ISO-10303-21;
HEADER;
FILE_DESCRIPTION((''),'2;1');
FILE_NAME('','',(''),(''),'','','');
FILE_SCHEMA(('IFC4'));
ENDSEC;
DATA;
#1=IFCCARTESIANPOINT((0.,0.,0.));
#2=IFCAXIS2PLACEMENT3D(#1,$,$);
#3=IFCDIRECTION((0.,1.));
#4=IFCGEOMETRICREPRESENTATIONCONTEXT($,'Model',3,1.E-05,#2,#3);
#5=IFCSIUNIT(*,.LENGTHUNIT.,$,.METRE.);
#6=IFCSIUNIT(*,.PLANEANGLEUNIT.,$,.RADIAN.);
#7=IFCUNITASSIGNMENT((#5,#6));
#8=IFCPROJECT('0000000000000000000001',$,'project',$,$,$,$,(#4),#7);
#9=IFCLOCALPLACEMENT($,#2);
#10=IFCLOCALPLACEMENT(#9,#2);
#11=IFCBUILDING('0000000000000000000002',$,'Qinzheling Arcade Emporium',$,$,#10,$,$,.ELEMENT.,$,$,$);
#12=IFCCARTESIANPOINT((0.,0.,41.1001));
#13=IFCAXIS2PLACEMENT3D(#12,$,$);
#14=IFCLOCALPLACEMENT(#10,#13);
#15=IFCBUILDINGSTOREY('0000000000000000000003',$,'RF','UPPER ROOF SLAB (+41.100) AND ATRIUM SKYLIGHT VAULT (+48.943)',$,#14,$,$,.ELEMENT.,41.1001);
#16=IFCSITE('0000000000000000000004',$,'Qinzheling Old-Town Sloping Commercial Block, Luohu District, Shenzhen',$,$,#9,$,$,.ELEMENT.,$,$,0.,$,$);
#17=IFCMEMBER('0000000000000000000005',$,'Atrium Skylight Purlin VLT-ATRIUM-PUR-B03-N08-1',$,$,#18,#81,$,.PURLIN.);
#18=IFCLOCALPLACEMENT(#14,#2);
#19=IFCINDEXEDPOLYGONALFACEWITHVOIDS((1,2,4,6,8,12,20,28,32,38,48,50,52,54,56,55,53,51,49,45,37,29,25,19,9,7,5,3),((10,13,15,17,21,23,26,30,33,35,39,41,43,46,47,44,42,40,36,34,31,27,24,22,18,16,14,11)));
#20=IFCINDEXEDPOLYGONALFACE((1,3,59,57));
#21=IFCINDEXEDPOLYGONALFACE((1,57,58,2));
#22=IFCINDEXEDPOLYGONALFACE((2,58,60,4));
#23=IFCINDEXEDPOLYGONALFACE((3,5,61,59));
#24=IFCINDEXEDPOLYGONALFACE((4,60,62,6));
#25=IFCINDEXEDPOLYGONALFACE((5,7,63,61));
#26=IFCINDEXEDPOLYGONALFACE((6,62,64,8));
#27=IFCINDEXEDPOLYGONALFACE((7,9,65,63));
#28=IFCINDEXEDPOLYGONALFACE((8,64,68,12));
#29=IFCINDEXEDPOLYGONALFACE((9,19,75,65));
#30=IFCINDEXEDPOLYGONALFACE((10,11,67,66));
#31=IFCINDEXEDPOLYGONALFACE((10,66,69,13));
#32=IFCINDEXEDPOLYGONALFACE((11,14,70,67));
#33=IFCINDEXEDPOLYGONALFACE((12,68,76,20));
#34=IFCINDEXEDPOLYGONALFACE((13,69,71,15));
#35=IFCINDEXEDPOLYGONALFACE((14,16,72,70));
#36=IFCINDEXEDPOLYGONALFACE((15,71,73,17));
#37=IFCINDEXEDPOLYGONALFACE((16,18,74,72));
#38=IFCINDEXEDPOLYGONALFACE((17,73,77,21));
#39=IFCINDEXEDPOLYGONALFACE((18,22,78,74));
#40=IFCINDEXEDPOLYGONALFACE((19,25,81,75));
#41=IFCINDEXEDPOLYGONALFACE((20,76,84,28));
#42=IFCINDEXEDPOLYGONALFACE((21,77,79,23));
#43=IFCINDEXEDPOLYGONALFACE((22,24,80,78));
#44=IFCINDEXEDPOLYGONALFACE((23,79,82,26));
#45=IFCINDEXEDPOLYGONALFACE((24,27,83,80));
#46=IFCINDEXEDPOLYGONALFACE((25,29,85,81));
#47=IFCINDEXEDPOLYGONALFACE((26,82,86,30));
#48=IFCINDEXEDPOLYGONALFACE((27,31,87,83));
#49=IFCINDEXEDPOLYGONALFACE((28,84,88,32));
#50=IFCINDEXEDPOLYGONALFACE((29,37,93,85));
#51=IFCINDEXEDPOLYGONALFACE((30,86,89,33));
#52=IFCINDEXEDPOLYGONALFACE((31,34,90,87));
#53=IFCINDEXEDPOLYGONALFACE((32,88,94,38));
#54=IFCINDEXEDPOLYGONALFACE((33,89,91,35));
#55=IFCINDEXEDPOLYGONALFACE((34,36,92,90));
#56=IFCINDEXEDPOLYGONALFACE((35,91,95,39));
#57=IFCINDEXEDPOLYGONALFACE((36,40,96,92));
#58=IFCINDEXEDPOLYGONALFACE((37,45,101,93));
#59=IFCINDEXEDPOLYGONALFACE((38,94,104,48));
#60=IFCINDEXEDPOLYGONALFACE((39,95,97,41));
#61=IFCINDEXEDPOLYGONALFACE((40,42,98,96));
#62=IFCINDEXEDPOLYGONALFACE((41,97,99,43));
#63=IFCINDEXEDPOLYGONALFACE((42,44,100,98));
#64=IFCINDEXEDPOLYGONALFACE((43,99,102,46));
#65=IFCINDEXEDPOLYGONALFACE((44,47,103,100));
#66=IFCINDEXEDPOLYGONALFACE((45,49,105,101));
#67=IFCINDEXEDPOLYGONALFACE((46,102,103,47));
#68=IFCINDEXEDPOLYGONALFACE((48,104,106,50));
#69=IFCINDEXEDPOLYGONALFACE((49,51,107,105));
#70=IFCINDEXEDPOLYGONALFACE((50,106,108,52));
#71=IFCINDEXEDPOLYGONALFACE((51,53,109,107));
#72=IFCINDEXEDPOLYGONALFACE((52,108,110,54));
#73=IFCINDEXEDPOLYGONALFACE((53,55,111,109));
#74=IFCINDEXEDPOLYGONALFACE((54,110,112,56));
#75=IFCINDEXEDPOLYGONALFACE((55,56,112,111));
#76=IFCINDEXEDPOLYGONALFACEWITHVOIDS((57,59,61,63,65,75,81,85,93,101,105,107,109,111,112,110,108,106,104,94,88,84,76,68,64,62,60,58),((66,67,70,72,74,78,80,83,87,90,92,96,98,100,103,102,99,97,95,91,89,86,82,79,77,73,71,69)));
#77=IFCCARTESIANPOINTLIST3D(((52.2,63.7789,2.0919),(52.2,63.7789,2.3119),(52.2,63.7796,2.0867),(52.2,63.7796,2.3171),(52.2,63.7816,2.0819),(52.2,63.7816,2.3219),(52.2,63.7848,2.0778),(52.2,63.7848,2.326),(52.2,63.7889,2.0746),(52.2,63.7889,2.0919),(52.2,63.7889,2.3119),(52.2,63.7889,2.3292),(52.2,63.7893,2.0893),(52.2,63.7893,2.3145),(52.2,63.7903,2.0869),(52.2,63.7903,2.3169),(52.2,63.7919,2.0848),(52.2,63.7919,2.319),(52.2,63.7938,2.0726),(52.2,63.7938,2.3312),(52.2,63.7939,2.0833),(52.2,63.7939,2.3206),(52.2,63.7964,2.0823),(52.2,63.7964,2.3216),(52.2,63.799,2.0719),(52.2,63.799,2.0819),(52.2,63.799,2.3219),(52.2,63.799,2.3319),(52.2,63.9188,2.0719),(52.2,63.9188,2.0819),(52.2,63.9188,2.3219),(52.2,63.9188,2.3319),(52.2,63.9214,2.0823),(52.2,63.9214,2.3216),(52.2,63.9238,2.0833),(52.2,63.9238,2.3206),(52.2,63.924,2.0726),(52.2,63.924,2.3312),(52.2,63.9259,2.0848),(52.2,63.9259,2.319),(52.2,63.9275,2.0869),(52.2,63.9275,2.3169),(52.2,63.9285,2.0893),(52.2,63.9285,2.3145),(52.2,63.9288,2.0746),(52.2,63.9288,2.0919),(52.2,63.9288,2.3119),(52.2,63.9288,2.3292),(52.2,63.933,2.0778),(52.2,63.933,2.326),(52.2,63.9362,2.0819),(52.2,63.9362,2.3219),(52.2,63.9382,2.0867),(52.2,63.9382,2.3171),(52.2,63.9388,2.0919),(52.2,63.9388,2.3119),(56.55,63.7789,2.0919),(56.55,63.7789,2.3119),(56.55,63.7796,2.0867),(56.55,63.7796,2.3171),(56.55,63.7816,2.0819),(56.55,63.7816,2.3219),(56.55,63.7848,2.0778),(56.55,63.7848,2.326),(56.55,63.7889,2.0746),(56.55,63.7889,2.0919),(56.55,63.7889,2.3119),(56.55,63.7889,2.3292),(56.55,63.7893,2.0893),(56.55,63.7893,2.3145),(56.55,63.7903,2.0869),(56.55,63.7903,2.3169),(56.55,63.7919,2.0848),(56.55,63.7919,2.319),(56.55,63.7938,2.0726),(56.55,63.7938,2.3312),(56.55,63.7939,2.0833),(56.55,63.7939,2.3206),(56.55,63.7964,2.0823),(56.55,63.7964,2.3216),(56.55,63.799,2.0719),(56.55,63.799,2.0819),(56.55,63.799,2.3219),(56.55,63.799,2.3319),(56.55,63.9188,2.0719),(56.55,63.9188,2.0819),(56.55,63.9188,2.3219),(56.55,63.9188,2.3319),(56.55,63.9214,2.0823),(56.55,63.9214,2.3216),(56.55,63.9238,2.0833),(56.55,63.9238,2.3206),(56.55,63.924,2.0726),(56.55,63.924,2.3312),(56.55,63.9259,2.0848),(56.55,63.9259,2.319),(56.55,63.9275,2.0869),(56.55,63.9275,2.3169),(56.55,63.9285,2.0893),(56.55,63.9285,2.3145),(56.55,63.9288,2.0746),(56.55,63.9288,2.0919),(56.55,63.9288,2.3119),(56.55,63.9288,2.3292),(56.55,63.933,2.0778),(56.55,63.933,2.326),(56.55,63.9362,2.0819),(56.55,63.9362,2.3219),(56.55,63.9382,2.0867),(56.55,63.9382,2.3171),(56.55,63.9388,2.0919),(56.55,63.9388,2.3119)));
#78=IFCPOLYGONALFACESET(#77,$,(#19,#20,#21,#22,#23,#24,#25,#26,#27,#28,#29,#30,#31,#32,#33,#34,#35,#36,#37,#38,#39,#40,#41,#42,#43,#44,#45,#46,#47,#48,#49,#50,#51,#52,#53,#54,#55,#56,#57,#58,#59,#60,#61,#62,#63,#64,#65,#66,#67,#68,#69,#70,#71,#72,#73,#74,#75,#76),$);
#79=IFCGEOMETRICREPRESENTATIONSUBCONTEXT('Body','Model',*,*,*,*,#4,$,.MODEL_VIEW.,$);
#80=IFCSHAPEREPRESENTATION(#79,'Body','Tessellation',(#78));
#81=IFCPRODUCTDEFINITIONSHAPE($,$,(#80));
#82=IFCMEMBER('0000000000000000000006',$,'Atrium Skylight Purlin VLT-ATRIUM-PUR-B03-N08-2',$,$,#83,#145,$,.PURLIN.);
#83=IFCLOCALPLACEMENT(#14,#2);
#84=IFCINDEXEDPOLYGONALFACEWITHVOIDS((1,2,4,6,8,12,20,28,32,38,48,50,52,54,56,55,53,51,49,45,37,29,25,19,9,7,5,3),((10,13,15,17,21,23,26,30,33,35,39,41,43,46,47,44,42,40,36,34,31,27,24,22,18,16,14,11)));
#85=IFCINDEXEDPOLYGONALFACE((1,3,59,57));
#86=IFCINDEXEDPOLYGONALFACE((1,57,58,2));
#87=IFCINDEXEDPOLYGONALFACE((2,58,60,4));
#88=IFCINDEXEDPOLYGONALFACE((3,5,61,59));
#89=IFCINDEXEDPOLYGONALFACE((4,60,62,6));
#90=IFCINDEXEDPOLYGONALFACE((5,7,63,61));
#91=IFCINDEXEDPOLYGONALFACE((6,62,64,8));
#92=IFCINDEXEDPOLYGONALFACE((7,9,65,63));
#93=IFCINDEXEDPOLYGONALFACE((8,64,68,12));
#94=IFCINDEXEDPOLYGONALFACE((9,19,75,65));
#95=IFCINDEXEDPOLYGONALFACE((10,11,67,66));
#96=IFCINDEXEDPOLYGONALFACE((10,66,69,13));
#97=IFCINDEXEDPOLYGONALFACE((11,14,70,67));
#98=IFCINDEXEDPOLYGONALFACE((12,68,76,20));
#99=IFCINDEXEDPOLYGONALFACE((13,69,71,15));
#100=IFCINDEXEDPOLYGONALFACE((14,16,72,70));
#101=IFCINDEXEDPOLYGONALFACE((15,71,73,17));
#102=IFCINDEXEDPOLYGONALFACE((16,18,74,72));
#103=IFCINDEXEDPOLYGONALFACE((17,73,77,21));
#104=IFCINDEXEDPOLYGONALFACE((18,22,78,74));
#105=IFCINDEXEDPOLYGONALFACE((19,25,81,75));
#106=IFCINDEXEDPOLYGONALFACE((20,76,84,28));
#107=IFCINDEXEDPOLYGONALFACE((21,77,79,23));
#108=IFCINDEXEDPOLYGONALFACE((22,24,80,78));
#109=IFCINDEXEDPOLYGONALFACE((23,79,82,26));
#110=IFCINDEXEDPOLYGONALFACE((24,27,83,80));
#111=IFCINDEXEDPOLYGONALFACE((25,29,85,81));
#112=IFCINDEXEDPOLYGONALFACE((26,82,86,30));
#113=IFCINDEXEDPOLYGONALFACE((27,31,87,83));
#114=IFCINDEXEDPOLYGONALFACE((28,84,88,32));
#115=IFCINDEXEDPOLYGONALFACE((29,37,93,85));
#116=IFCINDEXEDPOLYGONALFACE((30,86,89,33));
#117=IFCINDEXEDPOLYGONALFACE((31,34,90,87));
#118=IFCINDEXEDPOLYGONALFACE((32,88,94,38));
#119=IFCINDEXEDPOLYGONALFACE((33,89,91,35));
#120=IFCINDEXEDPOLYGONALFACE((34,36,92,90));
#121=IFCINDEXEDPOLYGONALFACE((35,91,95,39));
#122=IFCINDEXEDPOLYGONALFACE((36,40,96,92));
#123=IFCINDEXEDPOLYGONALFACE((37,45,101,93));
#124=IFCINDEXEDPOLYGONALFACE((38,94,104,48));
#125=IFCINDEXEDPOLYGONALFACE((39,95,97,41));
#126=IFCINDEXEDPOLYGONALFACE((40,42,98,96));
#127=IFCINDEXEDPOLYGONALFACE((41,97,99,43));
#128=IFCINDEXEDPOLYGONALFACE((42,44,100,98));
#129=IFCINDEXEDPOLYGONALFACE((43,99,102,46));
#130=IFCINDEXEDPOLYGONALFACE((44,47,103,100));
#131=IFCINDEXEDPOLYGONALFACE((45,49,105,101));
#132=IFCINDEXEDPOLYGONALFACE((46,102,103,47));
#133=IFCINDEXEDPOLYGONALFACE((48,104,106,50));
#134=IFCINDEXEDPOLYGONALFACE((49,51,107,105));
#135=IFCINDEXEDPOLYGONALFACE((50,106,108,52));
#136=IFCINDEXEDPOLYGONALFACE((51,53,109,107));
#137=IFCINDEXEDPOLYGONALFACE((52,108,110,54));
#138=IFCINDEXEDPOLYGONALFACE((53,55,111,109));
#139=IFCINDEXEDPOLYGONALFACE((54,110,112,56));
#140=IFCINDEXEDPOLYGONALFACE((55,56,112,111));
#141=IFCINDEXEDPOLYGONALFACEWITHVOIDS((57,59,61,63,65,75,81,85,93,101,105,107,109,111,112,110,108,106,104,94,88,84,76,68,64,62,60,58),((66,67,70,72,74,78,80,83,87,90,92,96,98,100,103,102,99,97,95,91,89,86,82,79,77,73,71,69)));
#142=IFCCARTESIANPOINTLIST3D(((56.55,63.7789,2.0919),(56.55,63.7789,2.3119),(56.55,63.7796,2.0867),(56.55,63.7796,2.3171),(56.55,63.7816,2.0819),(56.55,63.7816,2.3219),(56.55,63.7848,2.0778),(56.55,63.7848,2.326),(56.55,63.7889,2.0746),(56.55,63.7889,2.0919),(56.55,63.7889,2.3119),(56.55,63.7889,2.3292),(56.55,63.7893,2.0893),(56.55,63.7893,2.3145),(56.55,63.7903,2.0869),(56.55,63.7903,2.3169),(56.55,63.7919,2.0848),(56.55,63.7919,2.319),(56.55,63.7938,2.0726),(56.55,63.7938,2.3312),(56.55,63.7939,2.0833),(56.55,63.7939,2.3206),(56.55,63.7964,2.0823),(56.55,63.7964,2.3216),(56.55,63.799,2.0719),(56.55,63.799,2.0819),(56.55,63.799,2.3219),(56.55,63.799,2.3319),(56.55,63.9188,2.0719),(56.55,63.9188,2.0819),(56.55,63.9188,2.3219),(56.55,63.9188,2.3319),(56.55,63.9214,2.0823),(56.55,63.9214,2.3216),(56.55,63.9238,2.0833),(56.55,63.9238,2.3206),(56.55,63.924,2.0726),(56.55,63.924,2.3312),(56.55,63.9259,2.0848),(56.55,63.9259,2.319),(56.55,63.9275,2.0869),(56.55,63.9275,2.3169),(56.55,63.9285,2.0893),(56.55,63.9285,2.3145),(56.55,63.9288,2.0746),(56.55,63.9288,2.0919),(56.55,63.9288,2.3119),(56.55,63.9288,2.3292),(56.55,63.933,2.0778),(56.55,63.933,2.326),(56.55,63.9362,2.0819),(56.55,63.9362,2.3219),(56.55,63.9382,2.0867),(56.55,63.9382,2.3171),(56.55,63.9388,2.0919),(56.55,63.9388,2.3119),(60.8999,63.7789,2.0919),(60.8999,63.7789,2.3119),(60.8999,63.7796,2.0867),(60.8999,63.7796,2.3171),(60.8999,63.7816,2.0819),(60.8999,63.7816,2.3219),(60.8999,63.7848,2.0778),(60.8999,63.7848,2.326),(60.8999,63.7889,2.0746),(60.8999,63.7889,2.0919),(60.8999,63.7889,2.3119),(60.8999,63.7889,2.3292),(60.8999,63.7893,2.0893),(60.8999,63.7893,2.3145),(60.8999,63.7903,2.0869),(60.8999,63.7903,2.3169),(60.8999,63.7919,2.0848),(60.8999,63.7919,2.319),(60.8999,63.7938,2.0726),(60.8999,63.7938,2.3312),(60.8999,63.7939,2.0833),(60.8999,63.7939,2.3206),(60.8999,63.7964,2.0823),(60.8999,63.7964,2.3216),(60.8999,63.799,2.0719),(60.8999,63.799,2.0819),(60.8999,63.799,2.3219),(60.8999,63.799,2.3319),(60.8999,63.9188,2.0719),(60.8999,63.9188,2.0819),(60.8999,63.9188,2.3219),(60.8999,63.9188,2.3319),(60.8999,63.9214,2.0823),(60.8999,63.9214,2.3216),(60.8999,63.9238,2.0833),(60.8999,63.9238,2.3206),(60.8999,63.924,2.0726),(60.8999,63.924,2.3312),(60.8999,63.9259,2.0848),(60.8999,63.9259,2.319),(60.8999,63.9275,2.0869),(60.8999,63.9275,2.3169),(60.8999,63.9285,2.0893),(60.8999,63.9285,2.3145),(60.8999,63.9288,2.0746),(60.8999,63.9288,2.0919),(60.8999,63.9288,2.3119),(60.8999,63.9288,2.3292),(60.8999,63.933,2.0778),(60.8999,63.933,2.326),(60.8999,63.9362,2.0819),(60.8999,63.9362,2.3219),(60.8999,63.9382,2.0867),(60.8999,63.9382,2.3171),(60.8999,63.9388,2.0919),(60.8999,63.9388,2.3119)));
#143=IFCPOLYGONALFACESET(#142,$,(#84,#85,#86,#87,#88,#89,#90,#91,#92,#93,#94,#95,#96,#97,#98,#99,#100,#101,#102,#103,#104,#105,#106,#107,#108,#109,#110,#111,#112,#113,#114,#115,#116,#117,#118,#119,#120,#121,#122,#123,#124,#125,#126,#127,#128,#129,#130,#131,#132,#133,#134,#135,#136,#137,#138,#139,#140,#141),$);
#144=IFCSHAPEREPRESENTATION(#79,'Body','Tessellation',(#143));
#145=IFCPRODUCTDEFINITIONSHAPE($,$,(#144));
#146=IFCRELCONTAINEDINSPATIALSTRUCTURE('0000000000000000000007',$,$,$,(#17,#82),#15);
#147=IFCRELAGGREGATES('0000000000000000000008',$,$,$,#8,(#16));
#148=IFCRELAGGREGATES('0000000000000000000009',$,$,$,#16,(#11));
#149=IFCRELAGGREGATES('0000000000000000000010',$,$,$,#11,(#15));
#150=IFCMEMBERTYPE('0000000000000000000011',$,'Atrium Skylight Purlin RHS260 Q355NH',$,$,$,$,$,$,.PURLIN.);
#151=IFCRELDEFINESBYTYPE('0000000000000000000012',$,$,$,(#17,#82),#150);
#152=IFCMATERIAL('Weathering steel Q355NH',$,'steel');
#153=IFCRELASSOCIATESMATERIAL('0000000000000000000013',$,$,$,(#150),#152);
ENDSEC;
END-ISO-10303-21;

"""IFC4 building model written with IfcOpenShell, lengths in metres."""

from ifc_helpers import new_model, si_unit, direction, frame, origin, origin_2d, place, context, subcontext, project, spatial, hollow_rectangle, extrude, material, material_profile, profile_set, type_object, element, save


model = new_model("IFC4")

# Units and contexts
model_context = context("Model", 3, precision=1e-05, world=origin(), true_north=direction((0.0, 1.0)))
body_context = subcontext(model_context, "Body", "Model", "MODEL_VIEW")
ifc_project = project(units=[si_unit("LENGTHUNIT", "METRE"), si_unit("PLANEANGLEUNIT", "RADIAN")], contexts=[model_context])

# Site, building, storey
site_placement = place(None, origin())
site = spatial("IfcSite", under=ifc_project, at=site_placement, Name="Qinzheling Old-Town Sloping Commercial Block, Luohu District, Shenzhen", CompositionType="ELEMENT", RefElevation=0.0)
building_placement = place(site_placement, origin())
building = spatial("IfcBuilding", under=site, at=building_placement, Name="Qinzheling Arcade Emporium", CompositionType="ELEMENT")
storey_placement = place(building_placement, frame((0.0, 0.0, 41.1001)))
storey = spatial("IfcBuildingStorey", under=building, at=storey_placement, Name="RF", Description="UPPER ROOF SLAB (+41.100) AND ATRIUM SKYLIGHT VAULT (+48.943)", CompositionType="ELEMENT", Elevation=41.1001)

# Shared definitions
ifc_material_1 = material(Name="Weathering steel Q355NH", Category="steel")

# Members
ifc_material_profile_1 = material_profile(ifc_material_1, hollow_rectangle(XDim=0.1599, YDim=0.26, WallThickness=0.01, InnerFilletRadius=0.01, OuterFilletRadius=0.02, at=origin_2d()), Name="RHS 260x160x10", Category="steel")
ifc_profile_set_1 = profile_set([ifc_material_profile_1], Name="Weathering steel Q355NH")
member_type = type_object("IfcMemberType", Name="Atrium Skylight Purlin RHS260 Q355NH", PredefinedType="PURLIN", material=ifc_profile_set_1)
member_1_placement = place(storey_placement, frame((52.2, 63.8589, 2.2019), z_axis=(1.0, 0.0, 0.0), x_axis=(0.0, 1.0, 0.0)))
element("IfcMember", 1, at=member_1_placement, inside=storey, type_object=member_type, Name="Atrium Skylight Purlin VLT-ATRIUM-PUR-B03-N08-1", PredefinedType="PURLIN", context=body_context, shape_type="SweptSolid", body=[
    extrude(hollow_rectangle(XDim=0.1599, YDim=0.26, WallThickness=0.01, InnerFilletRadius=0.01, OuterFilletRadius=0.02, at=origin_2d()), origin(), (0.0, 0.0, 1.0), 4.3501),
])
member_2_placement = place(storey_placement, frame((56.55, 63.8589, 2.2019), z_axis=(1.0, 0.0, 0.0), x_axis=(0.0, 1.0, 0.0)))
element("IfcMember", 2, at=member_2_placement, inside=storey, type_object=member_type, Name="Atrium Skylight Purlin VLT-ATRIUM-PUR-B03-N08-2", PredefinedType="PURLIN", context=body_context, shape_type="SweptSolid", body=[
    extrude(hollow_rectangle(XDim=0.1599, YDim=0.26, WallThickness=0.01, InnerFilletRadius=0.01, OuterFilletRadius=0.02, at=origin_2d()), origin(), (0.0, 0.0, 1.0), 4.3499),
])

save(model, "model.ifc")
